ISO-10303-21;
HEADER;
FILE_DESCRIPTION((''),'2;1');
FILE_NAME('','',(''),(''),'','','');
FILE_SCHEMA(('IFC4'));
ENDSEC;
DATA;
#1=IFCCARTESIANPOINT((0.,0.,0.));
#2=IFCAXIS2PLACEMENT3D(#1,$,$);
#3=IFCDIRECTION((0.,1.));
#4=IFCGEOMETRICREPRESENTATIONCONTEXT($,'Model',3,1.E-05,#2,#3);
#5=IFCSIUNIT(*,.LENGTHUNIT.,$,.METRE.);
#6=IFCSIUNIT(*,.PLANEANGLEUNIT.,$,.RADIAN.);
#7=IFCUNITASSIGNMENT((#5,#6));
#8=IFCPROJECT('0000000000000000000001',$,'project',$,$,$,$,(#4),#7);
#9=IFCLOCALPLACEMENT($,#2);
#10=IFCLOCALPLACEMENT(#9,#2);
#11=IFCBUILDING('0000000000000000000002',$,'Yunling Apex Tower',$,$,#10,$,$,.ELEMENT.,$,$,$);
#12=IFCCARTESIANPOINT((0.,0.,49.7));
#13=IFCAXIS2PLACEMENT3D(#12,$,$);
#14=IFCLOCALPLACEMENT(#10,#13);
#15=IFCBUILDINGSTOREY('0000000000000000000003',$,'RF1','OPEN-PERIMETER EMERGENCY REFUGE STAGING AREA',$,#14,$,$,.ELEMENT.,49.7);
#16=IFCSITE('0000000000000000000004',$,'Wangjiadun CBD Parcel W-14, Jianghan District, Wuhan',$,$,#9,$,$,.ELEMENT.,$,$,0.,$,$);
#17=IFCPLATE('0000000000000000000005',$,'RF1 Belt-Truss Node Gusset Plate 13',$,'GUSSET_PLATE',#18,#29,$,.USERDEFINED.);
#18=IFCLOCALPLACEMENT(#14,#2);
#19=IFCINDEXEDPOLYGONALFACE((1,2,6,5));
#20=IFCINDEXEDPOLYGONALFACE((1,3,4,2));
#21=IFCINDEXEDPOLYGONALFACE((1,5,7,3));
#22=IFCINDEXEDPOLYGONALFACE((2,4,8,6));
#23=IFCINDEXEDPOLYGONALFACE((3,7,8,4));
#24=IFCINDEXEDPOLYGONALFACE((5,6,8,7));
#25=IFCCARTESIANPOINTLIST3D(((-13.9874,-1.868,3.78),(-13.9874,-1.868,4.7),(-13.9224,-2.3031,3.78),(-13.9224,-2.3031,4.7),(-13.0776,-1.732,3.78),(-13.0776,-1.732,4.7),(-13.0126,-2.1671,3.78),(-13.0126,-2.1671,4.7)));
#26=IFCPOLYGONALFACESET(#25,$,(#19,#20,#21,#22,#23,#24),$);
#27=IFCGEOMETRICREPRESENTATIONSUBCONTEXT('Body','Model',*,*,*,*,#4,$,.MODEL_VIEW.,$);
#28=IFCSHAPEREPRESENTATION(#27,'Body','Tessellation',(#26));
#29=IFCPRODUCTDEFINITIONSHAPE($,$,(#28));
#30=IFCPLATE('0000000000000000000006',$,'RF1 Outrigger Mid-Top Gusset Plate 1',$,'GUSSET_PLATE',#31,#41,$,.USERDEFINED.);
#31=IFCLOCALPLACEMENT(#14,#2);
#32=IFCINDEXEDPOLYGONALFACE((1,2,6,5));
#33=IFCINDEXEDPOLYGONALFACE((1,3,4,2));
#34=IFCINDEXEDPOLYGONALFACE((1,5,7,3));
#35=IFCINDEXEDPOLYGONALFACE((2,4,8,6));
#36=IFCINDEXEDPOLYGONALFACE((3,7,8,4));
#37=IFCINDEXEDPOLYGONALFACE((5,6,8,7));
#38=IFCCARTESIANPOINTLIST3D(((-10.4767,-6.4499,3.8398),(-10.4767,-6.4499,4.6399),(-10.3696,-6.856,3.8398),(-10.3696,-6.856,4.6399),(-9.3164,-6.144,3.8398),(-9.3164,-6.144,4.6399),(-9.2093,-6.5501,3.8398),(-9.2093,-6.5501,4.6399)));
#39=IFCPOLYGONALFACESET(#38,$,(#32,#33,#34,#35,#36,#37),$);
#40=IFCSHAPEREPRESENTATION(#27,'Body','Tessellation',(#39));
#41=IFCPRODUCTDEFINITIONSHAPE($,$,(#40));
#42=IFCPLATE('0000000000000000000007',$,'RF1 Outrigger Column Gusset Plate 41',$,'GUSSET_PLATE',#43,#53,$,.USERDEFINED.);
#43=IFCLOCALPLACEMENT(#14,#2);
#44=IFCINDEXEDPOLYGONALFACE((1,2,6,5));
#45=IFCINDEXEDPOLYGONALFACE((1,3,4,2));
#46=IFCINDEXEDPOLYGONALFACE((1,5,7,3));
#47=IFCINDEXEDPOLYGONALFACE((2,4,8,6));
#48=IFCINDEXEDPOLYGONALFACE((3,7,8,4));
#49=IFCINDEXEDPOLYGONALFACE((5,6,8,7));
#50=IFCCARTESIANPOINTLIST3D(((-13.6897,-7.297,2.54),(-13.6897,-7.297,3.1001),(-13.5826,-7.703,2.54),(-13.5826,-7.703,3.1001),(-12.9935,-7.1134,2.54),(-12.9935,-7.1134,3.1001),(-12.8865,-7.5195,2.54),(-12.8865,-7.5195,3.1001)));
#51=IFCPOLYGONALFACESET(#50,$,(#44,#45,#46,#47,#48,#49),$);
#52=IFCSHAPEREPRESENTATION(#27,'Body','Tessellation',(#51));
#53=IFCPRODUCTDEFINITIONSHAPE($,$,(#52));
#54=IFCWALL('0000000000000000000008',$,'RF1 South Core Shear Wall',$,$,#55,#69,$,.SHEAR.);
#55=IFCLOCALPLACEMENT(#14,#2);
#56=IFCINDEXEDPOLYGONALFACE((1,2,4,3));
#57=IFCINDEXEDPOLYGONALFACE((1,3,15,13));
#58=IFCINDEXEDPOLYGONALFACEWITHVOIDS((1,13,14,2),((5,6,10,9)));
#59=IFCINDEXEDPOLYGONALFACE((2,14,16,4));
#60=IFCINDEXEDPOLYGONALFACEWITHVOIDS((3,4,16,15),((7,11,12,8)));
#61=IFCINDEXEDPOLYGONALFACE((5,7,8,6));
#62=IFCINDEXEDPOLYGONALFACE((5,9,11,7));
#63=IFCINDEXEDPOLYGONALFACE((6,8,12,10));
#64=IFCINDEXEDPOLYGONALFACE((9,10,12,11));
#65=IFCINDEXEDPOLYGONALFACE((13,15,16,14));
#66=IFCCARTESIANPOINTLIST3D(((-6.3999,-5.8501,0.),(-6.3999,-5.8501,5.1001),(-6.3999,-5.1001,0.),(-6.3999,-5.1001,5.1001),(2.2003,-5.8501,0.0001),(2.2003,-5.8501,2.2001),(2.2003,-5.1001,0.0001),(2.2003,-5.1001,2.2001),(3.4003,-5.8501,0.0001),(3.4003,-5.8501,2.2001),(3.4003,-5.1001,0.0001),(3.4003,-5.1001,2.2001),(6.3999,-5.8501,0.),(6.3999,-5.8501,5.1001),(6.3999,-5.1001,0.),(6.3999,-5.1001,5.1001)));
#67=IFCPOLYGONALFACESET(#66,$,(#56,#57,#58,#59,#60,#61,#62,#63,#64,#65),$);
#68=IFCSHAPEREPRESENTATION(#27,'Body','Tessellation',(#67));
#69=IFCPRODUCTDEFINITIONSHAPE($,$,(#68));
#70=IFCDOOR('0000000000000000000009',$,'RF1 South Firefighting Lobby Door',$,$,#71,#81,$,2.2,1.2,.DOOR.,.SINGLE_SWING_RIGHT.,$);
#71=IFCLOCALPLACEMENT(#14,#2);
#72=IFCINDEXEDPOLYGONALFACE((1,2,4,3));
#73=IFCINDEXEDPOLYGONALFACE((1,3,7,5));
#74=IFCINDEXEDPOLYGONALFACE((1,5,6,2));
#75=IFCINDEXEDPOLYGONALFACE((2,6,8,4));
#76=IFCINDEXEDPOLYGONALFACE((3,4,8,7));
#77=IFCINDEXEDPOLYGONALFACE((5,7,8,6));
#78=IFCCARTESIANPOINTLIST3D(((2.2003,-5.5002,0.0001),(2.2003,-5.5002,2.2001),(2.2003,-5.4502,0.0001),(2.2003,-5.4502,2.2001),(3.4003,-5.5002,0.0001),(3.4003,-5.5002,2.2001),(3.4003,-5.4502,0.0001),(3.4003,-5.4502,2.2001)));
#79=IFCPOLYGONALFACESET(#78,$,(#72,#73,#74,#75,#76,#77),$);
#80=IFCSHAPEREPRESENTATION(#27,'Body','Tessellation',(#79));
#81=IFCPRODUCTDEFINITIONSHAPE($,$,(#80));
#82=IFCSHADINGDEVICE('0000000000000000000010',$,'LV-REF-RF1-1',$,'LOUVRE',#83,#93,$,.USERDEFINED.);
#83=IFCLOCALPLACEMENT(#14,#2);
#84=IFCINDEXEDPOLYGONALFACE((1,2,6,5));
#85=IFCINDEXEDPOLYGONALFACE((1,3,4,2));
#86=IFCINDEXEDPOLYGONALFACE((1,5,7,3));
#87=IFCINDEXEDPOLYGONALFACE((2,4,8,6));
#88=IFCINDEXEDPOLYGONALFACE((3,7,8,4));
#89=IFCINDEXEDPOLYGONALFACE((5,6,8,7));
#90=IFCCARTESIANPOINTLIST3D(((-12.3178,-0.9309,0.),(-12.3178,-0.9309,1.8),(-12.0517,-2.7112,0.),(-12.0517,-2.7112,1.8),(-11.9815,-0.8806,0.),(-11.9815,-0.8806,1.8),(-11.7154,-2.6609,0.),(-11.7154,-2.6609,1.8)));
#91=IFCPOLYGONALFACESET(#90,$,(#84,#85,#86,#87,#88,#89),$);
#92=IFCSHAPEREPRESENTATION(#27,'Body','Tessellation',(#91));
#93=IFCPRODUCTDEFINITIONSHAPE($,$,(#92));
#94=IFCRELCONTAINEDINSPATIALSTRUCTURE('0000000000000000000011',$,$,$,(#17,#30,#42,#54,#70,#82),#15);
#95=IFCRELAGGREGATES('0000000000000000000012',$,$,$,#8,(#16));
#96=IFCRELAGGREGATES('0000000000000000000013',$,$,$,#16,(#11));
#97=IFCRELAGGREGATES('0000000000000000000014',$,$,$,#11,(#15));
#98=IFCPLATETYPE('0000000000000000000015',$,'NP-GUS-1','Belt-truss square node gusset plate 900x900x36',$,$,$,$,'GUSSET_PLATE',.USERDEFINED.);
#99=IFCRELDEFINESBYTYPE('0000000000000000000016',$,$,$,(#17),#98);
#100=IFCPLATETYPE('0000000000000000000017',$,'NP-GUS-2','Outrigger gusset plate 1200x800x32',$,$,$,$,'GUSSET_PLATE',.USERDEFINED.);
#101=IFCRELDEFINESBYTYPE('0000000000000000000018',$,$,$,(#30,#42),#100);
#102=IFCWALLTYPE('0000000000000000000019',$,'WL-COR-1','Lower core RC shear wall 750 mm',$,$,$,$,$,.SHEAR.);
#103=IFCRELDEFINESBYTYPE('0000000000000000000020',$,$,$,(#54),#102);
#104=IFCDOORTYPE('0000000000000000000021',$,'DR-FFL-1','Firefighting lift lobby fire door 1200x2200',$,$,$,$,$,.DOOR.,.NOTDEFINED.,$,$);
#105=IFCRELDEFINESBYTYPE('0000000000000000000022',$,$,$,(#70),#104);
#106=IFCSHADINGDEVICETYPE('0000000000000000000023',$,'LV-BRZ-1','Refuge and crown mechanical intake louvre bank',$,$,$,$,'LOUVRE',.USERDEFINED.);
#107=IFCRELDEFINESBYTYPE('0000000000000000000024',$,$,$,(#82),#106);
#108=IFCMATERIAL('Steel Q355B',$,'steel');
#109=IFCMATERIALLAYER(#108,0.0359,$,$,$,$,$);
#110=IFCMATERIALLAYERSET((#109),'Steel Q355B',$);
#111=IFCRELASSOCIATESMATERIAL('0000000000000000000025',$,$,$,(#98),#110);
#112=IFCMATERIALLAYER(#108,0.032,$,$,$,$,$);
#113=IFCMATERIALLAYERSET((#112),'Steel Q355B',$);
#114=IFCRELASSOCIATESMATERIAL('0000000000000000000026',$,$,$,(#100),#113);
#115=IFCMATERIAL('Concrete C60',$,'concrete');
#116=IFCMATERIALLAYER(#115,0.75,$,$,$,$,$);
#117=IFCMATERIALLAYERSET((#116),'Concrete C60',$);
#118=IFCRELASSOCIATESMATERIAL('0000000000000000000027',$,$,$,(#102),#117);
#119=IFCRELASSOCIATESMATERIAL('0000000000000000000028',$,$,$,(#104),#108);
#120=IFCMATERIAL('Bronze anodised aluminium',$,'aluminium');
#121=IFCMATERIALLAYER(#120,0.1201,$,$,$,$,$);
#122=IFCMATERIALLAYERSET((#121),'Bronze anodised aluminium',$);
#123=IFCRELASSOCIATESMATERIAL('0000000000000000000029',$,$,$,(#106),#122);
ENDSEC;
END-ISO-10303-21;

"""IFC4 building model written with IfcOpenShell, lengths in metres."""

from ifc_helpers import new_model, si_unit, direction, frame, frame_2d, origin, origin_2d, place, context, subcontext, project, spatial, rectangle, extrude, source, transform, mapped, material, layer, layer_set, type_object, element, fill, save


model = new_model("IFC4")

# Units and contexts
model_context = context("Model", 3, precision=1e-05, world=origin(), true_north=direction((0.0, 1.0)))
body_context = subcontext(model_context, "Body", "Model", "MODEL_VIEW")
ifc_project = project(units=[si_unit("LENGTHUNIT", "METRE"), si_unit("PLANEANGLEUNIT", "RADIAN")], contexts=[model_context])

# Site, building, storey
site_placement = place(None, origin())
site = spatial("IfcSite", under=ifc_project, at=site_placement, Name="Wangjiadun CBD Parcel W-14, Jianghan District, Wuhan", CompositionType="ELEMENT", RefElevation=0.0)
building_placement = place(site_placement, origin())
building = spatial("IfcBuilding", under=site, at=building_placement, Name="Yunling Apex Tower", CompositionType="ELEMENT")
storey_placement = place(building_placement, frame((0.0, 0.0, 49.7)))
storey = spatial("IfcBuildingStorey", under=building, at=storey_placement, Name="RF1", Description="OPEN-PERIMETER EMERGENCY REFUGE STAGING AREA", CompositionType="ELEMENT", Elevation=49.7)

# Shared definitions
ifc_material_1 = material(Name="Steel Q355B", Category="steel")

# Plates
ifc_layer_1 = layer(ifc_material_1, 0.0359)
ifc_layer_set_1 = layer_set([ifc_layer_1], Name="Steel Q355B")
plate_type_1 = type_object("IfcPlateType", Name="NP-GUS-1", Description="Belt-truss square node gusset plate 900x900x36", ElementType="GUSSET_PLATE", PredefinedType="USERDEFINED", material=ifc_layer_set_1)
shared_shape_1 = source(origin(), body_context, "Body", "SweptSolid", [
    extrude(rectangle(XDim=0.9199, YDim=0.4399, at=origin_2d()), origin(), (0.0, 0.0, 1.0), 0.9199),
])
plate_1_placement = place(storey_placement, frame((-13.5, -2.0176, 3.78), z_axis=(0.0, 0.0, 1.0), x_axis=(-0.989016, -0.147809, 0.0)))
element("IfcPlate", 1, at=plate_1_placement, inside=storey, type_object=plate_type_1, Name="RF1 Belt-Truss Node Gusset Plate 13", ObjectType="GUSSET_PLATE", PredefinedType="USERDEFINED", context=body_context, shape_type="MappedRepresentation", body=[
    mapped(shared_shape_1, transform((0.0, 0.0, 0.0), scale=1.0)),
])
ifc_layer_2 = layer(ifc_material_1, 0.032)
ifc_layer_set_2 = layer_set([ifc_layer_2], Name="Steel Q355B")
plate_type_2 = type_object("IfcPlateType", Name="NP-GUS-2", Description="Outrigger gusset plate 1200x800x32", ElementType="GUSSET_PLATE", PredefinedType="USERDEFINED", material=ifc_layer_set_2)
shared_shape_2 = source(origin(), body_context, "Body", "SweptSolid", [
    extrude(rectangle(XDim=1.2, YDim=0.4199, at=origin_2d()), origin(), (0.0, 0.0, 1.0), 0.8),
])
plate_2_placement = place(storey_placement, frame((-9.843, -6.5, 3.8398), z_axis=(0.0, 0.0, 1.0), x_axis=(-0.966957, -0.254939, 0.0)))
element("IfcPlate", 2, at=plate_2_placement, inside=storey, type_object=plate_type_2, Name="RF1 Outrigger Mid-Top Gusset Plate 1", ObjectType="GUSSET_PLATE", PredefinedType="USERDEFINED", context=body_context, shape_type="MappedRepresentation", body=[
    mapped(shared_shape_2, transform((0.0, 0.0, 0.0), scale=1.0)),
])
shared_shape_3 = source(origin(), body_context, "Body", "SweptSolid", [
    extrude(rectangle(XDim=0.72, YDim=0.4199, at=origin_2d()), origin(), (0.0, 0.0, 1.0), 0.5601),
])
plate_3_placement = place(storey_placement, frame((-13.2881, -7.4082, 2.54), z_axis=(0.0, 0.0, 1.0), x_axis=(-0.966957, -0.254939, 0.0)))
element("IfcPlate", 3, at=plate_3_placement, inside=storey, type_object=plate_type_2, Name="RF1 Outrigger Column Gusset Plate 41", ObjectType="GUSSET_PLATE", PredefinedType="USERDEFINED", context=body_context, shape_type="MappedRepresentation", body=[
    mapped(shared_shape_3, transform((0.0, 0.0, 0.0), scale=1.0)),
])

# Wall, opening, door
ifc_material_2 = material(Name="Concrete C60", Category="concrete")
ifc_layer_3 = layer(ifc_material_2, 0.75)
ifc_layer_set_3 = layer_set([ifc_layer_3], Name="Concrete C60")
wall_type = type_object("IfcWallType", Name="WL-COR-1", Description="Lower core RC shear wall 750 mm", PredefinedType="SHEAR", material=ifc_layer_set_3)
wall_placement = place(storey_placement, frame((-6.3999, -5.4751, 0.0), z_axis=(0.0, 0.0, 1.0), x_axis=(1.0, 0.0, 0.0)))
wall = element("IfcWall", 4, at=wall_placement, inside=storey, type_object=wall_type, Name="RF1 South Core Shear Wall", PredefinedType="SHEAR", context=body_context, shape_type="SweptSolid", body=[
    extrude(rectangle(XDim=12.7998, YDim=0.75, at=frame_2d((6.3999, 0.0))), origin(), (0.0, 0.0, 1.0), 5.1001),
])
opening_placement = place(wall_placement, frame((8.6001, 0.0, 0.0)))
opening = element("IfcOpeningElement", 5, at=opening_placement, cuts=wall, PredefinedType="OPENING", context=body_context, shape_type="SweptSolid", body=[
    extrude(rectangle(XDim=1.2, YDim=2.2, at=frame_2d((0.6001, 1.1001))), frame((0.0, 0.385, 0.0), z_axis=(0.0, -1.0, 0.0), x_axis=(1.0, 0.0, 0.0)), (0.0, 0.0, 1.0), 0.77),
])
door_type = type_object("IfcDoorType", Name="DR-FFL-1", Description="Firefighting lift lobby fire door 1200x2200", OperationType="NOTDEFINED", PredefinedType="DOOR", material=ifc_material_1)
door_placement = place(opening_placement, origin())
door = element("IfcDoor", 6, at=door_placement, inside=storey, type_object=door_type, Name="RF1 South Firefighting Lobby Door", OperationType="SINGLE_SWING_RIGHT", OverallHeight=2.2, OverallWidth=1.2, PredefinedType="DOOR", context=body_context, shape_type="SweptSolid", body=[
    extrude(rectangle(XDim=1.2, YDim=2.2, at=frame_2d((0.6001, 1.1001))), frame((0.0, 0.0249, 0.0), z_axis=(0.0, -1.0, 0.0), x_axis=(1.0, 0.0, 0.0)), (0.0, 0.0, 1.0), 0.05),
])
fill(opening, door)

# Shading device
ifc_material_3 = material(Name="Bronze anodised aluminium", Category="aluminium")
ifc_layer_4 = layer(ifc_material_3, 0.1201)
ifc_layer_set_4 = layer_set([ifc_layer_4], Name="Bronze anodised aluminium")
shading_device_type = type_object("IfcShadingDeviceType", Name="LV-BRZ-1", Description="Refuge and crown mechanical intake louvre bank", ElementType="LOUVRE", PredefinedType="USERDEFINED", material=ifc_layer_set_4)
shared_shape_4 = source(origin(), body_context, "Body", "SweptSolid", [
    extrude(rectangle(XDim=1.8, YDim=0.3401, at=origin_2d()), origin(), (0.0, 0.0, 1.0), 1.8),
])
shading_device_placement = place(storey_placement, frame((-12.0166, -1.7959, 0.0), z_axis=(0.0, 0.0, 1.0), x_axis=(-0.147809, 0.989016, 0.0)))
element("IfcShadingDevice", 7, at=shading_device_placement, inside=storey, type_object=shading_device_type, Name="LV-REF-RF1-1", ObjectType="LOUVRE", PredefinedType="USERDEFINED", context=body_context, shape_type="MappedRepresentation", body=[
    mapped(shared_shape_4, transform((0.0, 0.0, 0.0), scale=1.0)),
])

save(model, "model.ifc")
